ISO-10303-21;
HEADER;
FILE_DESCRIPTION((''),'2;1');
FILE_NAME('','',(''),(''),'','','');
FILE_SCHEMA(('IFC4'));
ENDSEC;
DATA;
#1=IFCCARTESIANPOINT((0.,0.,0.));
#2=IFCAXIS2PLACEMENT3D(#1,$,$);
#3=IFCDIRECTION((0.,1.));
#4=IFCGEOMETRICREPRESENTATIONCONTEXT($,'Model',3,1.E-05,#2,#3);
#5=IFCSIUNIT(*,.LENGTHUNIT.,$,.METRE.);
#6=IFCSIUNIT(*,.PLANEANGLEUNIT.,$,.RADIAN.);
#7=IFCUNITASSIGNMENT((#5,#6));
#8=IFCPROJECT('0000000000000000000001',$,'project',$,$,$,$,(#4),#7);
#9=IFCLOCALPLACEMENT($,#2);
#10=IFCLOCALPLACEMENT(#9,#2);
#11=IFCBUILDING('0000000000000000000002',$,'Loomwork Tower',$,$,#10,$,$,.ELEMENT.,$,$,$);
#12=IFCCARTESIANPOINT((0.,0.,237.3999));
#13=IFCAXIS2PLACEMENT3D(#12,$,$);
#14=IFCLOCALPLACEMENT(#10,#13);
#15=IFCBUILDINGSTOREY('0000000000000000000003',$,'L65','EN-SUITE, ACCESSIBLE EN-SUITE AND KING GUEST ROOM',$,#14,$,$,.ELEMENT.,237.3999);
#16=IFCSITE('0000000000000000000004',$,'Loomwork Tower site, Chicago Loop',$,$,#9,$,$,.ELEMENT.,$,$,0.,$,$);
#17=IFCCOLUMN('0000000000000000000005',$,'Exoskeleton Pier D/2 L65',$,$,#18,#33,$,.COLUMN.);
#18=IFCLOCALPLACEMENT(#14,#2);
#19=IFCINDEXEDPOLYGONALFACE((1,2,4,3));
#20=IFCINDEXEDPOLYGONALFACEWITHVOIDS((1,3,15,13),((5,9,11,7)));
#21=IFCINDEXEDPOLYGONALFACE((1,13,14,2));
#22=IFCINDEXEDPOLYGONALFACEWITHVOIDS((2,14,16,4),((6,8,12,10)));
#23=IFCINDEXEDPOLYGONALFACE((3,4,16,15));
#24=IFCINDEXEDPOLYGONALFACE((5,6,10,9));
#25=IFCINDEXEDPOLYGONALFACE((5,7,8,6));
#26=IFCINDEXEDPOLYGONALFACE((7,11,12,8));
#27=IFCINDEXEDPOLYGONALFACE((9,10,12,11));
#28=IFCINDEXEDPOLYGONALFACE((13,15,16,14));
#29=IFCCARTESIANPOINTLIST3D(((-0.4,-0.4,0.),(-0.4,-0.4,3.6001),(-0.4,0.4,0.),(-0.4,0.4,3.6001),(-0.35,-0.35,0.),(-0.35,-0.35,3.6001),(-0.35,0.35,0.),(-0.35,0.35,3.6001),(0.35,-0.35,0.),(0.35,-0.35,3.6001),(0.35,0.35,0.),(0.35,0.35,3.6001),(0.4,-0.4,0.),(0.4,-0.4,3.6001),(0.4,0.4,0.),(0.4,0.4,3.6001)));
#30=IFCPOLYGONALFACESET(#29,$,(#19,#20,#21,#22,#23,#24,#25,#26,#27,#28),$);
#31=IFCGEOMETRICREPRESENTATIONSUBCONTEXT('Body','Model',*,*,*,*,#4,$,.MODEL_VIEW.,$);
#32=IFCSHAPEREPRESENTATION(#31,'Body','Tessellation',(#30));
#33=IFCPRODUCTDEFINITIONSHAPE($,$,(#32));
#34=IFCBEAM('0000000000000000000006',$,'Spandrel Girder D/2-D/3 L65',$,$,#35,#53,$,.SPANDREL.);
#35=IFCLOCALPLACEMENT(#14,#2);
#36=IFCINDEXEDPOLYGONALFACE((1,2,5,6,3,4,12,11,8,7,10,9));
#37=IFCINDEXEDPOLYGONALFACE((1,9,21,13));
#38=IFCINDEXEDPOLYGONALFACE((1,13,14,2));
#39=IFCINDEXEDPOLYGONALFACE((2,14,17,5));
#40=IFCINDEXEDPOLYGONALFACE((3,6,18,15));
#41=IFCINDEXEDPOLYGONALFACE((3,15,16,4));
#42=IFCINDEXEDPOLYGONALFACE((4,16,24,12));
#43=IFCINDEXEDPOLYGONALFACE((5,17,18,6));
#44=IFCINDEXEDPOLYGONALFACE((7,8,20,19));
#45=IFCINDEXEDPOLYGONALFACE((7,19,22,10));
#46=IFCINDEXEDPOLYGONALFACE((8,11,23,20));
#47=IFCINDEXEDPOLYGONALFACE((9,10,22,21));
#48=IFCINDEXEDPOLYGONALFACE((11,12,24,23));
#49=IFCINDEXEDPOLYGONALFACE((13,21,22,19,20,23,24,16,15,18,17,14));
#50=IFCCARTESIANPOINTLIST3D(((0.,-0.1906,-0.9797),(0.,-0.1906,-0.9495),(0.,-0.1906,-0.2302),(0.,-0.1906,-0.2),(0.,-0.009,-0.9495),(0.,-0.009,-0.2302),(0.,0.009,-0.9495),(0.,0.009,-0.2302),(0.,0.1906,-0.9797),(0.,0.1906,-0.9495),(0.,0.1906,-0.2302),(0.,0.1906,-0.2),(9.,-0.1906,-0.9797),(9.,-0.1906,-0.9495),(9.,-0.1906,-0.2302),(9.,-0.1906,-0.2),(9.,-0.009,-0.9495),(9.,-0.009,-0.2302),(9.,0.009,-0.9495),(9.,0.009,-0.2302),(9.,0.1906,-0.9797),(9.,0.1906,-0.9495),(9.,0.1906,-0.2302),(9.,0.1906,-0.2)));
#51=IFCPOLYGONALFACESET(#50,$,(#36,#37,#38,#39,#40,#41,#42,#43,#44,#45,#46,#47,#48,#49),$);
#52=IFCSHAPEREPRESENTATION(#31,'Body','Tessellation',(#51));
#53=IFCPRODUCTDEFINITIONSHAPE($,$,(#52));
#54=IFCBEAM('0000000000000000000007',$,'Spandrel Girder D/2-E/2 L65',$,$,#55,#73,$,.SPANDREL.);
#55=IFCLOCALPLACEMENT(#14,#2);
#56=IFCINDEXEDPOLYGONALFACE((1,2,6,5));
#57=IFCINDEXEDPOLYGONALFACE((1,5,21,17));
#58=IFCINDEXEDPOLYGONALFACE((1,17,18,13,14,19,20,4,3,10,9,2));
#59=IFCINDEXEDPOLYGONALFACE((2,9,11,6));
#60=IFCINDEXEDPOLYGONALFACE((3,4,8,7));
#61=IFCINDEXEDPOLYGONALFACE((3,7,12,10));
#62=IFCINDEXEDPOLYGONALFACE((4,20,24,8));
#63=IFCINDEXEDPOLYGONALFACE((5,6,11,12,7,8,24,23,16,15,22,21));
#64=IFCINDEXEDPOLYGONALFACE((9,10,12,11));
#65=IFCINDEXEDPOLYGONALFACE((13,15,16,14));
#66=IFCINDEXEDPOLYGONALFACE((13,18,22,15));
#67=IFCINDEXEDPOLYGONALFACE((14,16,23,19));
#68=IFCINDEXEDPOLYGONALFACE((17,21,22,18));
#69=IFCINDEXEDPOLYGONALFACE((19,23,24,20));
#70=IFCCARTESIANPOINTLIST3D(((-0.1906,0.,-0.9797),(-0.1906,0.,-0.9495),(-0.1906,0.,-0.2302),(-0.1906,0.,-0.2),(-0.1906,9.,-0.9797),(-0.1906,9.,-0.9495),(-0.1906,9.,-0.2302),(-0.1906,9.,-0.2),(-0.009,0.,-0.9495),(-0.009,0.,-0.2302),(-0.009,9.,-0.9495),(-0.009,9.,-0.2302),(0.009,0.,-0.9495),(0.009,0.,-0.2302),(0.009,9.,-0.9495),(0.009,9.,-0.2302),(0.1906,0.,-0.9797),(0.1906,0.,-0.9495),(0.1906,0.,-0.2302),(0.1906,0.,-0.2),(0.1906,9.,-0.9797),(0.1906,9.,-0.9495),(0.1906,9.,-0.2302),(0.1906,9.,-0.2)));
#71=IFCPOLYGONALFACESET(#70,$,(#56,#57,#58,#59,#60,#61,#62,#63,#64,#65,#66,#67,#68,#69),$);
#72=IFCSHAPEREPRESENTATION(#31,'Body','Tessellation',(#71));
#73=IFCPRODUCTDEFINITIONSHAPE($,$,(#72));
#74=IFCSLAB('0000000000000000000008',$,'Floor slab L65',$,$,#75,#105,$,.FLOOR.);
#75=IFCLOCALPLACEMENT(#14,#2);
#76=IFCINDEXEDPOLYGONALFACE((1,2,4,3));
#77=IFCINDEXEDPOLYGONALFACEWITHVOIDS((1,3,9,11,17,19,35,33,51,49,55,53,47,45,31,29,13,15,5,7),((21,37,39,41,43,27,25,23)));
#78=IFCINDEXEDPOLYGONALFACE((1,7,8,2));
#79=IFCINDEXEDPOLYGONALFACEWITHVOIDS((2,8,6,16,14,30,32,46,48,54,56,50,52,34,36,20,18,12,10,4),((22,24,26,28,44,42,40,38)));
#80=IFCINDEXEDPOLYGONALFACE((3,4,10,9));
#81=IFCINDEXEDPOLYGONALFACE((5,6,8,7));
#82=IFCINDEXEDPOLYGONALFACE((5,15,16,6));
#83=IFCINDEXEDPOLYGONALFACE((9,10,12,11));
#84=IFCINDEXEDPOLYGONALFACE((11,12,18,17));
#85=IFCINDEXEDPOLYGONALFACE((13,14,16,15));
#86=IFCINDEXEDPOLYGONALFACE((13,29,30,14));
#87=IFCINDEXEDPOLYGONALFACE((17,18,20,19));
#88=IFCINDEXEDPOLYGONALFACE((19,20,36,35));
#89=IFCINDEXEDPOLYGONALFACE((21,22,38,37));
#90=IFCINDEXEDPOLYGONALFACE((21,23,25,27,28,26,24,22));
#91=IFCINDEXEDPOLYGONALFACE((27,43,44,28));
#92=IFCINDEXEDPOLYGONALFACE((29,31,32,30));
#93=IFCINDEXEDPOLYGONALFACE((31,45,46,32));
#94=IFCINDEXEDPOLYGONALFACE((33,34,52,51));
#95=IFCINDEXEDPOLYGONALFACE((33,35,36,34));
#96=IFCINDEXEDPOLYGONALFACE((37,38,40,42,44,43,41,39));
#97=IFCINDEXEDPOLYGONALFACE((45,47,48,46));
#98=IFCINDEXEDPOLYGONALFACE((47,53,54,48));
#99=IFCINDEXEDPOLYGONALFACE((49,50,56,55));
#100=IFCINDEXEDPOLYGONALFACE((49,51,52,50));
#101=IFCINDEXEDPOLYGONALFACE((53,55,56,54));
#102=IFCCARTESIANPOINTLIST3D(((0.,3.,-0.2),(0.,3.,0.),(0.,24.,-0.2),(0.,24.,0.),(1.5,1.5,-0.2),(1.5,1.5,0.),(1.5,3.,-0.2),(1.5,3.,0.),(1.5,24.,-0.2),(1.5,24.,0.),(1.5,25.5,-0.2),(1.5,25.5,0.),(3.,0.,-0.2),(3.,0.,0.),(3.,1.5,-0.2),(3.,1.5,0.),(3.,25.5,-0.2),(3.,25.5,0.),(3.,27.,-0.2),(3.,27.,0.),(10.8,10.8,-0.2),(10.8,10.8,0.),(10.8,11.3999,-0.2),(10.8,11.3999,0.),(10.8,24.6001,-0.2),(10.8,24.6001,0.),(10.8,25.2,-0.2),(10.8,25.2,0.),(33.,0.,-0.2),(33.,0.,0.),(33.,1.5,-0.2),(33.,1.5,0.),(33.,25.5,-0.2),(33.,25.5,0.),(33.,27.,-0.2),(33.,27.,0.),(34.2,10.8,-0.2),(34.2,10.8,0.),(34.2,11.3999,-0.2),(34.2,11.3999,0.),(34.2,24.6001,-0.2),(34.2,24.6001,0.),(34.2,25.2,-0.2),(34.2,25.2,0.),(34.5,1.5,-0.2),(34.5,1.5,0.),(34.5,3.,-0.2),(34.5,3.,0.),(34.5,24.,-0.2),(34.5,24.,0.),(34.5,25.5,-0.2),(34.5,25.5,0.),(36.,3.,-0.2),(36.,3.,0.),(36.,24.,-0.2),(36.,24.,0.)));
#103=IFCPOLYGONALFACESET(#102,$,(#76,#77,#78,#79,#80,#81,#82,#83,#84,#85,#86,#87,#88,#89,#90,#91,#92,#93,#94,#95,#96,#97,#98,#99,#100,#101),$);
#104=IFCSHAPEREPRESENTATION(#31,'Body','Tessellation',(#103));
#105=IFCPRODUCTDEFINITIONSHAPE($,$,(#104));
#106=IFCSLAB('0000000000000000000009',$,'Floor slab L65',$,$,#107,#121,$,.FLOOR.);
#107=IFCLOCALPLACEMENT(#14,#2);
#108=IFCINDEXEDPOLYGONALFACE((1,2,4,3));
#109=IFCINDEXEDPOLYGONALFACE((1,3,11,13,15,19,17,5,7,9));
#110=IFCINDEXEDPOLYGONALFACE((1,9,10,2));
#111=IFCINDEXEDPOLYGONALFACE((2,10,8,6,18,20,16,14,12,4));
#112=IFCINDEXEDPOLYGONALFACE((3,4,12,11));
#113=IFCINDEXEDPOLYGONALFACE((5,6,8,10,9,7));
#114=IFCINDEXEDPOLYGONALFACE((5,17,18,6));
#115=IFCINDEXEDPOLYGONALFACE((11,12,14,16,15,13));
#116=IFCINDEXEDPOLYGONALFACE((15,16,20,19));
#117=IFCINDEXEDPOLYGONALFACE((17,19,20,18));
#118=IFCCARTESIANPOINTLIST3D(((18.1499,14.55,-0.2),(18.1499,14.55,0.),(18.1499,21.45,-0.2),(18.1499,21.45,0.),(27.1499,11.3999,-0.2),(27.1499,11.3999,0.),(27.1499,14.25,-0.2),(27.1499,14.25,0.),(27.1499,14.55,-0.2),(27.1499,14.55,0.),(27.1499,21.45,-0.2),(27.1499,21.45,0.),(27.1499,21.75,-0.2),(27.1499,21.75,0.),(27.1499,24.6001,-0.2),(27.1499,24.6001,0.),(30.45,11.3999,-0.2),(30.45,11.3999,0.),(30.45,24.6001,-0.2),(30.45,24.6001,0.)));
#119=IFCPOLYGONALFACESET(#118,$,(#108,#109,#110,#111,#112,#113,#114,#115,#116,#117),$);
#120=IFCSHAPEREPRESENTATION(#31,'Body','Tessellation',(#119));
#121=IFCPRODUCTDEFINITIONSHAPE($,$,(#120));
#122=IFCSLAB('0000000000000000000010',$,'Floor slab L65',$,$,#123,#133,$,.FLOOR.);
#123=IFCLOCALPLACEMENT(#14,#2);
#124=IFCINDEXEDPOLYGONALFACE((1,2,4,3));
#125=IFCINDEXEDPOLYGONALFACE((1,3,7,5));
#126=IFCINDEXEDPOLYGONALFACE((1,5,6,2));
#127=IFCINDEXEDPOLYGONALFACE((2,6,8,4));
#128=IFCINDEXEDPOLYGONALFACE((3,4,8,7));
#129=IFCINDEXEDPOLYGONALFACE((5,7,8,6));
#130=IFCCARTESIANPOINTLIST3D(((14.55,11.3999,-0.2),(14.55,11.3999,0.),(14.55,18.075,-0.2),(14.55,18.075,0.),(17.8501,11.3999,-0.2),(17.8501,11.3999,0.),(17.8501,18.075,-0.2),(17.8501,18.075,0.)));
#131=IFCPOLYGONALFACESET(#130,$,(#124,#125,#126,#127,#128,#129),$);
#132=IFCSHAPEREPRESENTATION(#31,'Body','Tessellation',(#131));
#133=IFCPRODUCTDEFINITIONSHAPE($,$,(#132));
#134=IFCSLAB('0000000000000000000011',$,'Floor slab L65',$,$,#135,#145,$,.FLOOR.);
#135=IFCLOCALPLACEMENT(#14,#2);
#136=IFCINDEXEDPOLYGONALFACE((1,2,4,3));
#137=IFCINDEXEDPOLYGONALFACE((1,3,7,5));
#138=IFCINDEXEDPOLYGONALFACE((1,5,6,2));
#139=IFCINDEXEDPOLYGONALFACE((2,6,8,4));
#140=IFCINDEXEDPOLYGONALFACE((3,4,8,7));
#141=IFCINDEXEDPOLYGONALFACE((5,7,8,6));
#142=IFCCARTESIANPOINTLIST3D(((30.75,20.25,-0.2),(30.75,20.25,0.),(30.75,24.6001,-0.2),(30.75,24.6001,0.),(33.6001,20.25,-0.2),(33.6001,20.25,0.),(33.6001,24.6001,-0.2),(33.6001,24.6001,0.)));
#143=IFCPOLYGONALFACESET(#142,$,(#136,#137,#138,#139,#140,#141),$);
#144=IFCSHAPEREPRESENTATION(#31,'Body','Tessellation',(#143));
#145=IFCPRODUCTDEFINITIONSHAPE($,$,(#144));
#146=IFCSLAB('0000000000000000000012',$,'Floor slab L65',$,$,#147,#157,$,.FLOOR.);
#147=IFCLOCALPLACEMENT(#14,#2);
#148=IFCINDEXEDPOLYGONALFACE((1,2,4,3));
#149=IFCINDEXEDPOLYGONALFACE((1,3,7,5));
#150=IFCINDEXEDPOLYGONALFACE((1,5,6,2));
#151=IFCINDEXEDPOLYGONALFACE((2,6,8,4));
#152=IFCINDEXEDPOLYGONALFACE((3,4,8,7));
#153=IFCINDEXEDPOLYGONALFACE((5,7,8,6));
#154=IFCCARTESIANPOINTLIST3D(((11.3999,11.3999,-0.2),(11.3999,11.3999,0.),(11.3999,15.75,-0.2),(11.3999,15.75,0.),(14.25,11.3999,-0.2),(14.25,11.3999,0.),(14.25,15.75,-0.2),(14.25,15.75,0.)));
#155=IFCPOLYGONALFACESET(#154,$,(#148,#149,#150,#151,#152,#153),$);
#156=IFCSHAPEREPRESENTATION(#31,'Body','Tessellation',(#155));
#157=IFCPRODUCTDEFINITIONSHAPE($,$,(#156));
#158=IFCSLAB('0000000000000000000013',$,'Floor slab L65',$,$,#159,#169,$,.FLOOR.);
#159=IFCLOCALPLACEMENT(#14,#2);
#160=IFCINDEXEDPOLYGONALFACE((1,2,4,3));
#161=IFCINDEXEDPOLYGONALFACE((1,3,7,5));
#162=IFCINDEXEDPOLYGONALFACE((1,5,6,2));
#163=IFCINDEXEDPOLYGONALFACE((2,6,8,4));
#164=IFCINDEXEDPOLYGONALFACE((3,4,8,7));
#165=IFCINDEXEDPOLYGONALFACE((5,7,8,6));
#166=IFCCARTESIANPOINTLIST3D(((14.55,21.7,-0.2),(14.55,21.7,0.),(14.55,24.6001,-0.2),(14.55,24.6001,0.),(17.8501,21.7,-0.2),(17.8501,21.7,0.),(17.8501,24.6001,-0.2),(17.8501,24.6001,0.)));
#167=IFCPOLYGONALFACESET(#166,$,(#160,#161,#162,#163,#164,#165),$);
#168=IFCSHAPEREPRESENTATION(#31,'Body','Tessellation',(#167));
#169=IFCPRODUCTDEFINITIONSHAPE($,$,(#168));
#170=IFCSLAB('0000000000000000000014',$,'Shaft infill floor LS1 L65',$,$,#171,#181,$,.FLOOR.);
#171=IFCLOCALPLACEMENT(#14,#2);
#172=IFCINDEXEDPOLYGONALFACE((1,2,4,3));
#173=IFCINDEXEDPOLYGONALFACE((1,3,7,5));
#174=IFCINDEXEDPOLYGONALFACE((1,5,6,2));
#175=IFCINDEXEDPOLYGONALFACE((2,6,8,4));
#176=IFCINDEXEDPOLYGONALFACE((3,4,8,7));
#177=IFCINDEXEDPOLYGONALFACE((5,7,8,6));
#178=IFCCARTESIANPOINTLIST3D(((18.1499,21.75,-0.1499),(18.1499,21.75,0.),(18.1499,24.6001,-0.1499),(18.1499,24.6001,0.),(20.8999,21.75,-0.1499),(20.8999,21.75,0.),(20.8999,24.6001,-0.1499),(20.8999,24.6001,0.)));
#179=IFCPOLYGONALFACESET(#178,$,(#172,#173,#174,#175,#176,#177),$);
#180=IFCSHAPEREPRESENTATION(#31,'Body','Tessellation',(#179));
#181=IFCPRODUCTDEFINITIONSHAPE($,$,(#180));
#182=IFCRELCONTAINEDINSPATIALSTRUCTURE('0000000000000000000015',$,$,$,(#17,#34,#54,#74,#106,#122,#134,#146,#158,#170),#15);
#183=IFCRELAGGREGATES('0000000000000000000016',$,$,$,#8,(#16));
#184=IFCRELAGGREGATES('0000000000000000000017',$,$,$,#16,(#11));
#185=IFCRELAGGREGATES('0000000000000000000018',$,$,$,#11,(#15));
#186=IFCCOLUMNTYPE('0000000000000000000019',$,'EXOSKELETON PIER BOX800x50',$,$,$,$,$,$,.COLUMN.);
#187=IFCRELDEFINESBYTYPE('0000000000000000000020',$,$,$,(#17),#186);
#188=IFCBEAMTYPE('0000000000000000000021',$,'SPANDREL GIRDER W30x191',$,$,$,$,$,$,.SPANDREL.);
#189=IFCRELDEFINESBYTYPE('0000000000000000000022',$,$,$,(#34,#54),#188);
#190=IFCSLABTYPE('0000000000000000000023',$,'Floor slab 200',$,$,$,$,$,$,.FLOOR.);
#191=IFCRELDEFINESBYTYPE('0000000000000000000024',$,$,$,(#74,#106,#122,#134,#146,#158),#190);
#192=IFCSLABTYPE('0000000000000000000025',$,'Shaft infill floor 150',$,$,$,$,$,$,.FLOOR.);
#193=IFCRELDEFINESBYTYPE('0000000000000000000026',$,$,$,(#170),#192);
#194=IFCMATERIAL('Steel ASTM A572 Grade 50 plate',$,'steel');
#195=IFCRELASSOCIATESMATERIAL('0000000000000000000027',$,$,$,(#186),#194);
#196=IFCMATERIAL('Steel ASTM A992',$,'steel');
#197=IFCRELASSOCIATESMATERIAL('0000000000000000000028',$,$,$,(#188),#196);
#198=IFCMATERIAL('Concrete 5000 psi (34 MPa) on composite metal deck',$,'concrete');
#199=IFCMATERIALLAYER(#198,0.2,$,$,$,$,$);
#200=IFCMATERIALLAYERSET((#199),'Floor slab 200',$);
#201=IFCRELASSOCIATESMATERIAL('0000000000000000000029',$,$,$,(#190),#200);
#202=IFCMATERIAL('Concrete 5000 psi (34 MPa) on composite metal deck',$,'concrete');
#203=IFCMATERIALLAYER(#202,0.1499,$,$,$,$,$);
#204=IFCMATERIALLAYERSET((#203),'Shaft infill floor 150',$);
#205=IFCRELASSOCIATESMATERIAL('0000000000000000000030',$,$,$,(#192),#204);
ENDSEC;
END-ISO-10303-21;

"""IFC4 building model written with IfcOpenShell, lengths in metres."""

from ifc_helpers import new_model, si_unit, direction, frame, origin, origin_with_axes, origin_2d, place, context, subcontext, project, spatial, polyline, hollow_rectangle, i_section, outline, extrude, material, layer, layer_set, material_profile, profile_set, type_object, element, save


model = new_model("IFC4")

# Units and contexts
model_context = context("Model", 3, precision=1e-05, world=origin(), true_north=direction((0.0, 1.0)))
body_context = subcontext(model_context, "Body", "Model", "MODEL_VIEW")
ifc_project = project(units=[si_unit("LENGTHUNIT", "METRE"), si_unit("PLANEANGLEUNIT", "RADIAN")], contexts=[model_context])

# Site, building, storey
site_placement = place(None, origin())
site = spatial("IfcSite", under=ifc_project, at=site_placement, Name="Loomwork Tower site, Chicago Loop", CompositionType="ELEMENT", RefElevation=0.0)
building_placement = place(site_placement, origin())
building = spatial("IfcBuilding", under=site, at=building_placement, Name="Loomwork Tower", CompositionType="ELEMENT")
storey_placement = place(building_placement, frame((0.0, 0.0, 237.3999)))
storey = spatial("IfcBuildingStorey", under=building, at=storey_placement, Name="L65", Description="EN-SUITE, ACCESSIBLE EN-SUITE AND KING GUEST ROOM", CompositionType="ELEMENT", Elevation=237.3999)

# Column
ifc_material_1 = material(Name="Steel ASTM A572 Grade 50 plate", Category="steel")
ifc_material_profile_1 = material_profile(ifc_material_1, hollow_rectangle(XDim=0.8, YDim=0.8, WallThickness=0.05, at=origin_2d()), Name="BOX800x50")
ifc_profile_set_1 = profile_set([ifc_material_profile_1], Name="Steel ASTM A572 Grade 50 plate")
column_type = type_object("IfcColumnType", Name="EXOSKELETON PIER BOX800x50", PredefinedType="COLUMN", material=ifc_profile_set_1)
column_placement = place(storey_placement, origin_with_axes())
element("IfcColumn", 1, at=column_placement, inside=storey, type_object=column_type, Name="Exoskeleton Pier D/2 L65", PredefinedType="COLUMN", context=body_context, shape_type="SweptSolid", body=[
    extrude(hollow_rectangle(XDim=0.8, YDim=0.8, WallThickness=0.05, at=origin_2d()), origin(), (0.0, 0.0, 1.0), 3.6001),
])

# Beams
ifc_material_2 = material(Name="Steel ASTM A992", Category="steel")
ifc_material_profile_2 = material_profile(ifc_material_2, i_section(OverallWidth=0.3811, OverallDepth=0.7798, WebThickness=0.0181, FlangeThickness=0.0303, at=origin_2d()), Name="W30x191")
ifc_profile_set_2 = profile_set([ifc_material_profile_2], Name="Steel ASTM A992")
beam_type = type_object("IfcBeamType", Name="SPANDREL GIRDER W30x191", PredefinedType="SPANDREL", material=ifc_profile_set_2)
for number, where, z_axis, x_axis, name in (
    (2, (0.0, 0.0, -0.5898), (1.0, 0.0, 0.0), (0.0, 1.0, 0.0), "Spandrel Girder D/2-D/3 L65"),
    (3, (0.0, 0.0, -0.5898), (0.0, 1.0, 0.0), (-1.0, 0.0, 0.0), "Spandrel Girder D/2-E/2 L65"),
):
    element("IfcBeam", number, at=place(storey_placement, frame(where, z_axis=z_axis, x_axis=x_axis)), inside=storey, type_object=beam_type, Name=name, PredefinedType="SPANDREL", context=body_context, shape_type="SweptSolid", body=[
        extrude(i_section(OverallWidth=0.3811, OverallDepth=0.7798, WebThickness=0.0181, FlangeThickness=0.0303, at=origin_2d()), origin(), (0.0, 0.0, 1.0), 9.0),
    ])

# Slabs
ifc_material_3 = material(Name="Concrete 5000 psi (34 MPa) on composite metal deck", Category="concrete")
ifc_layer_1 = layer(ifc_material_3, 0.2)
ifc_layer_set_1 = layer_set([ifc_layer_1], Name="Floor slab 200")
slab_type_1 = type_object("IfcSlabType", Name="Floor slab 200", PredefinedType="FLOOR", material=ifc_layer_set_1)
slab_1_placement = place(storey_placement, frame((0.0, 0.0, -0.2)))
element("IfcSlab", 4, at=slab_1_placement, inside=storey, type_object=slab_type_1, Name="Floor slab L65", PredefinedType="FLOOR", context=body_context, shape_type="SweptSolid", body=[
    extrude(outline(polyline([(3.0, 1.5), (1.5, 1.5), (1.5, 3.0), (0.0, 3.0), (0.0, 24.0), (1.5, 24.0), (1.5, 25.5), (3.0, 25.5), (3.0, 27.0), (33.0, 27.0), (33.0, 25.5), (34.5, 25.5), (34.5, 24.0), (36.0, 24.0), (36.0, 3.0), (34.5, 3.0), (34.5, 1.5), (33.0, 1.5), (33.0, 0.0), (3.0, 0.0), (3.0, 1.5)]), holes=[polyline([(10.8, 11.3999), (10.8, 11.3999), (10.8, 10.8), (34.2, 10.8), (34.2, 11.3999), (34.2, 11.3999), (34.2, 24.6001), (34.2, 25.2), (10.8, 25.2), (10.8, 24.6001), (10.8, 11.3999)])]), origin(), (0.0, 0.0, 1.0), 0.2),
])
slab_2_placement = place(storey_placement, frame((0.0, 0.0, -0.2)))
element("IfcSlab", 5, at=slab_2_placement, inside=storey, type_object=slab_type_1, Name="Floor slab L65", PredefinedType="FLOOR", context=body_context, shape_type="SweptSolid", body=[
    extrude(outline(polyline([(30.45, 24.6001), (30.45, 11.3999), (27.1499, 11.3999), (27.1499, 14.25), (27.1499, 14.55), (18.1499, 14.55), (18.1499, 21.45), (27.1499, 21.45), (27.1499, 21.75), (27.1499, 24.6001), (30.45, 24.6001)])), origin(), (0.0, 0.0, 1.0), 0.2),
])
slab_3_placement = place(storey_placement, frame((0.0, 0.0, -0.2)))
element("IfcSlab", 6, at=slab_3_placement, inside=storey, type_object=slab_type_1, Name="Floor slab L65", PredefinedType="FLOOR", context=body_context, shape_type="SweptSolid", body=[
    extrude(outline(polyline([(14.55, 11.3999), (14.55, 18.075), (17.8501, 18.075), (17.8501, 11.3999), (14.55, 11.3999)])), origin(), (0.0, 0.0, 1.0), 0.2),
])
slab_4_placement = place(storey_placement, frame((0.0, 0.0, -0.2)))
element("IfcSlab", 7, at=slab_4_placement, inside=storey, type_object=slab_type_1, Name="Floor slab L65", PredefinedType="FLOOR", context=body_context, shape_type="SweptSolid", body=[
    extrude(outline(polyline([(33.6001, 20.25), (30.75, 20.25), (30.75, 24.6001), (33.6001, 24.6001), (33.6001, 20.25)])), origin(), (0.0, 0.0, 1.0), 0.2),
])
slab_5_placement = place(storey_placement, frame((0.0, 0.0, -0.2)))
element("IfcSlab", 8, at=slab_5_placement, inside=storey, type_object=slab_type_1, Name="Floor slab L65", PredefinedType="FLOOR", context=body_context, shape_type="SweptSolid", body=[
    extrude(outline(polyline([(14.25, 15.75), (14.25, 11.3999), (11.3999, 11.3999), (11.3999, 15.75), (14.25, 15.75)])), origin(), (0.0, 0.0, 1.0), 0.2),
])
slab_6_placement = place(storey_placement, frame((0.0, 0.0, -0.2)))
element("IfcSlab", 9, at=slab_6_placement, inside=storey, type_object=slab_type_1, Name="Floor slab L65", PredefinedType="FLOOR", context=body_context, shape_type="SweptSolid", body=[
    extrude(outline(polyline([(14.55, 21.7), (14.55, 24.6001), (17.8501, 24.6001), (17.8501, 21.7), (14.55, 21.7)])), origin(), (0.0, 0.0, 1.0), 0.2),
])
ifc_material_4 = material(Name="Concrete 5000 psi (34 MPa) on composite metal deck", Category="concrete")
ifc_layer_2 = layer(ifc_material_4, 0.1499)
ifc_layer_set_2 = layer_set([ifc_layer_2], Name="Shaft infill floor 150")
slab_type_2 = type_object("IfcSlabType", Name="Shaft infill floor 150", PredefinedType="FLOOR", material=ifc_layer_set_2)
slab_7_placement = place(storey_placement, frame((0.0, 0.0, -0.1499)))
element("IfcSlab", 10, at=slab_7_placement, inside=storey, type_object=slab_type_2, Name="Shaft infill floor LS1 L65", PredefinedType="FLOOR", context=body_context, shape_type="SweptSolid", body=[
    extrude(outline(polyline([(18.1499, 21.75), (20.8999, 21.75), (20.8999, 24.6001), (18.1499, 24.6001), (18.1499, 21.75)])), origin(), (0.0, 0.0, 1.0), 0.1499),
])

save(model, "model.ifc")
